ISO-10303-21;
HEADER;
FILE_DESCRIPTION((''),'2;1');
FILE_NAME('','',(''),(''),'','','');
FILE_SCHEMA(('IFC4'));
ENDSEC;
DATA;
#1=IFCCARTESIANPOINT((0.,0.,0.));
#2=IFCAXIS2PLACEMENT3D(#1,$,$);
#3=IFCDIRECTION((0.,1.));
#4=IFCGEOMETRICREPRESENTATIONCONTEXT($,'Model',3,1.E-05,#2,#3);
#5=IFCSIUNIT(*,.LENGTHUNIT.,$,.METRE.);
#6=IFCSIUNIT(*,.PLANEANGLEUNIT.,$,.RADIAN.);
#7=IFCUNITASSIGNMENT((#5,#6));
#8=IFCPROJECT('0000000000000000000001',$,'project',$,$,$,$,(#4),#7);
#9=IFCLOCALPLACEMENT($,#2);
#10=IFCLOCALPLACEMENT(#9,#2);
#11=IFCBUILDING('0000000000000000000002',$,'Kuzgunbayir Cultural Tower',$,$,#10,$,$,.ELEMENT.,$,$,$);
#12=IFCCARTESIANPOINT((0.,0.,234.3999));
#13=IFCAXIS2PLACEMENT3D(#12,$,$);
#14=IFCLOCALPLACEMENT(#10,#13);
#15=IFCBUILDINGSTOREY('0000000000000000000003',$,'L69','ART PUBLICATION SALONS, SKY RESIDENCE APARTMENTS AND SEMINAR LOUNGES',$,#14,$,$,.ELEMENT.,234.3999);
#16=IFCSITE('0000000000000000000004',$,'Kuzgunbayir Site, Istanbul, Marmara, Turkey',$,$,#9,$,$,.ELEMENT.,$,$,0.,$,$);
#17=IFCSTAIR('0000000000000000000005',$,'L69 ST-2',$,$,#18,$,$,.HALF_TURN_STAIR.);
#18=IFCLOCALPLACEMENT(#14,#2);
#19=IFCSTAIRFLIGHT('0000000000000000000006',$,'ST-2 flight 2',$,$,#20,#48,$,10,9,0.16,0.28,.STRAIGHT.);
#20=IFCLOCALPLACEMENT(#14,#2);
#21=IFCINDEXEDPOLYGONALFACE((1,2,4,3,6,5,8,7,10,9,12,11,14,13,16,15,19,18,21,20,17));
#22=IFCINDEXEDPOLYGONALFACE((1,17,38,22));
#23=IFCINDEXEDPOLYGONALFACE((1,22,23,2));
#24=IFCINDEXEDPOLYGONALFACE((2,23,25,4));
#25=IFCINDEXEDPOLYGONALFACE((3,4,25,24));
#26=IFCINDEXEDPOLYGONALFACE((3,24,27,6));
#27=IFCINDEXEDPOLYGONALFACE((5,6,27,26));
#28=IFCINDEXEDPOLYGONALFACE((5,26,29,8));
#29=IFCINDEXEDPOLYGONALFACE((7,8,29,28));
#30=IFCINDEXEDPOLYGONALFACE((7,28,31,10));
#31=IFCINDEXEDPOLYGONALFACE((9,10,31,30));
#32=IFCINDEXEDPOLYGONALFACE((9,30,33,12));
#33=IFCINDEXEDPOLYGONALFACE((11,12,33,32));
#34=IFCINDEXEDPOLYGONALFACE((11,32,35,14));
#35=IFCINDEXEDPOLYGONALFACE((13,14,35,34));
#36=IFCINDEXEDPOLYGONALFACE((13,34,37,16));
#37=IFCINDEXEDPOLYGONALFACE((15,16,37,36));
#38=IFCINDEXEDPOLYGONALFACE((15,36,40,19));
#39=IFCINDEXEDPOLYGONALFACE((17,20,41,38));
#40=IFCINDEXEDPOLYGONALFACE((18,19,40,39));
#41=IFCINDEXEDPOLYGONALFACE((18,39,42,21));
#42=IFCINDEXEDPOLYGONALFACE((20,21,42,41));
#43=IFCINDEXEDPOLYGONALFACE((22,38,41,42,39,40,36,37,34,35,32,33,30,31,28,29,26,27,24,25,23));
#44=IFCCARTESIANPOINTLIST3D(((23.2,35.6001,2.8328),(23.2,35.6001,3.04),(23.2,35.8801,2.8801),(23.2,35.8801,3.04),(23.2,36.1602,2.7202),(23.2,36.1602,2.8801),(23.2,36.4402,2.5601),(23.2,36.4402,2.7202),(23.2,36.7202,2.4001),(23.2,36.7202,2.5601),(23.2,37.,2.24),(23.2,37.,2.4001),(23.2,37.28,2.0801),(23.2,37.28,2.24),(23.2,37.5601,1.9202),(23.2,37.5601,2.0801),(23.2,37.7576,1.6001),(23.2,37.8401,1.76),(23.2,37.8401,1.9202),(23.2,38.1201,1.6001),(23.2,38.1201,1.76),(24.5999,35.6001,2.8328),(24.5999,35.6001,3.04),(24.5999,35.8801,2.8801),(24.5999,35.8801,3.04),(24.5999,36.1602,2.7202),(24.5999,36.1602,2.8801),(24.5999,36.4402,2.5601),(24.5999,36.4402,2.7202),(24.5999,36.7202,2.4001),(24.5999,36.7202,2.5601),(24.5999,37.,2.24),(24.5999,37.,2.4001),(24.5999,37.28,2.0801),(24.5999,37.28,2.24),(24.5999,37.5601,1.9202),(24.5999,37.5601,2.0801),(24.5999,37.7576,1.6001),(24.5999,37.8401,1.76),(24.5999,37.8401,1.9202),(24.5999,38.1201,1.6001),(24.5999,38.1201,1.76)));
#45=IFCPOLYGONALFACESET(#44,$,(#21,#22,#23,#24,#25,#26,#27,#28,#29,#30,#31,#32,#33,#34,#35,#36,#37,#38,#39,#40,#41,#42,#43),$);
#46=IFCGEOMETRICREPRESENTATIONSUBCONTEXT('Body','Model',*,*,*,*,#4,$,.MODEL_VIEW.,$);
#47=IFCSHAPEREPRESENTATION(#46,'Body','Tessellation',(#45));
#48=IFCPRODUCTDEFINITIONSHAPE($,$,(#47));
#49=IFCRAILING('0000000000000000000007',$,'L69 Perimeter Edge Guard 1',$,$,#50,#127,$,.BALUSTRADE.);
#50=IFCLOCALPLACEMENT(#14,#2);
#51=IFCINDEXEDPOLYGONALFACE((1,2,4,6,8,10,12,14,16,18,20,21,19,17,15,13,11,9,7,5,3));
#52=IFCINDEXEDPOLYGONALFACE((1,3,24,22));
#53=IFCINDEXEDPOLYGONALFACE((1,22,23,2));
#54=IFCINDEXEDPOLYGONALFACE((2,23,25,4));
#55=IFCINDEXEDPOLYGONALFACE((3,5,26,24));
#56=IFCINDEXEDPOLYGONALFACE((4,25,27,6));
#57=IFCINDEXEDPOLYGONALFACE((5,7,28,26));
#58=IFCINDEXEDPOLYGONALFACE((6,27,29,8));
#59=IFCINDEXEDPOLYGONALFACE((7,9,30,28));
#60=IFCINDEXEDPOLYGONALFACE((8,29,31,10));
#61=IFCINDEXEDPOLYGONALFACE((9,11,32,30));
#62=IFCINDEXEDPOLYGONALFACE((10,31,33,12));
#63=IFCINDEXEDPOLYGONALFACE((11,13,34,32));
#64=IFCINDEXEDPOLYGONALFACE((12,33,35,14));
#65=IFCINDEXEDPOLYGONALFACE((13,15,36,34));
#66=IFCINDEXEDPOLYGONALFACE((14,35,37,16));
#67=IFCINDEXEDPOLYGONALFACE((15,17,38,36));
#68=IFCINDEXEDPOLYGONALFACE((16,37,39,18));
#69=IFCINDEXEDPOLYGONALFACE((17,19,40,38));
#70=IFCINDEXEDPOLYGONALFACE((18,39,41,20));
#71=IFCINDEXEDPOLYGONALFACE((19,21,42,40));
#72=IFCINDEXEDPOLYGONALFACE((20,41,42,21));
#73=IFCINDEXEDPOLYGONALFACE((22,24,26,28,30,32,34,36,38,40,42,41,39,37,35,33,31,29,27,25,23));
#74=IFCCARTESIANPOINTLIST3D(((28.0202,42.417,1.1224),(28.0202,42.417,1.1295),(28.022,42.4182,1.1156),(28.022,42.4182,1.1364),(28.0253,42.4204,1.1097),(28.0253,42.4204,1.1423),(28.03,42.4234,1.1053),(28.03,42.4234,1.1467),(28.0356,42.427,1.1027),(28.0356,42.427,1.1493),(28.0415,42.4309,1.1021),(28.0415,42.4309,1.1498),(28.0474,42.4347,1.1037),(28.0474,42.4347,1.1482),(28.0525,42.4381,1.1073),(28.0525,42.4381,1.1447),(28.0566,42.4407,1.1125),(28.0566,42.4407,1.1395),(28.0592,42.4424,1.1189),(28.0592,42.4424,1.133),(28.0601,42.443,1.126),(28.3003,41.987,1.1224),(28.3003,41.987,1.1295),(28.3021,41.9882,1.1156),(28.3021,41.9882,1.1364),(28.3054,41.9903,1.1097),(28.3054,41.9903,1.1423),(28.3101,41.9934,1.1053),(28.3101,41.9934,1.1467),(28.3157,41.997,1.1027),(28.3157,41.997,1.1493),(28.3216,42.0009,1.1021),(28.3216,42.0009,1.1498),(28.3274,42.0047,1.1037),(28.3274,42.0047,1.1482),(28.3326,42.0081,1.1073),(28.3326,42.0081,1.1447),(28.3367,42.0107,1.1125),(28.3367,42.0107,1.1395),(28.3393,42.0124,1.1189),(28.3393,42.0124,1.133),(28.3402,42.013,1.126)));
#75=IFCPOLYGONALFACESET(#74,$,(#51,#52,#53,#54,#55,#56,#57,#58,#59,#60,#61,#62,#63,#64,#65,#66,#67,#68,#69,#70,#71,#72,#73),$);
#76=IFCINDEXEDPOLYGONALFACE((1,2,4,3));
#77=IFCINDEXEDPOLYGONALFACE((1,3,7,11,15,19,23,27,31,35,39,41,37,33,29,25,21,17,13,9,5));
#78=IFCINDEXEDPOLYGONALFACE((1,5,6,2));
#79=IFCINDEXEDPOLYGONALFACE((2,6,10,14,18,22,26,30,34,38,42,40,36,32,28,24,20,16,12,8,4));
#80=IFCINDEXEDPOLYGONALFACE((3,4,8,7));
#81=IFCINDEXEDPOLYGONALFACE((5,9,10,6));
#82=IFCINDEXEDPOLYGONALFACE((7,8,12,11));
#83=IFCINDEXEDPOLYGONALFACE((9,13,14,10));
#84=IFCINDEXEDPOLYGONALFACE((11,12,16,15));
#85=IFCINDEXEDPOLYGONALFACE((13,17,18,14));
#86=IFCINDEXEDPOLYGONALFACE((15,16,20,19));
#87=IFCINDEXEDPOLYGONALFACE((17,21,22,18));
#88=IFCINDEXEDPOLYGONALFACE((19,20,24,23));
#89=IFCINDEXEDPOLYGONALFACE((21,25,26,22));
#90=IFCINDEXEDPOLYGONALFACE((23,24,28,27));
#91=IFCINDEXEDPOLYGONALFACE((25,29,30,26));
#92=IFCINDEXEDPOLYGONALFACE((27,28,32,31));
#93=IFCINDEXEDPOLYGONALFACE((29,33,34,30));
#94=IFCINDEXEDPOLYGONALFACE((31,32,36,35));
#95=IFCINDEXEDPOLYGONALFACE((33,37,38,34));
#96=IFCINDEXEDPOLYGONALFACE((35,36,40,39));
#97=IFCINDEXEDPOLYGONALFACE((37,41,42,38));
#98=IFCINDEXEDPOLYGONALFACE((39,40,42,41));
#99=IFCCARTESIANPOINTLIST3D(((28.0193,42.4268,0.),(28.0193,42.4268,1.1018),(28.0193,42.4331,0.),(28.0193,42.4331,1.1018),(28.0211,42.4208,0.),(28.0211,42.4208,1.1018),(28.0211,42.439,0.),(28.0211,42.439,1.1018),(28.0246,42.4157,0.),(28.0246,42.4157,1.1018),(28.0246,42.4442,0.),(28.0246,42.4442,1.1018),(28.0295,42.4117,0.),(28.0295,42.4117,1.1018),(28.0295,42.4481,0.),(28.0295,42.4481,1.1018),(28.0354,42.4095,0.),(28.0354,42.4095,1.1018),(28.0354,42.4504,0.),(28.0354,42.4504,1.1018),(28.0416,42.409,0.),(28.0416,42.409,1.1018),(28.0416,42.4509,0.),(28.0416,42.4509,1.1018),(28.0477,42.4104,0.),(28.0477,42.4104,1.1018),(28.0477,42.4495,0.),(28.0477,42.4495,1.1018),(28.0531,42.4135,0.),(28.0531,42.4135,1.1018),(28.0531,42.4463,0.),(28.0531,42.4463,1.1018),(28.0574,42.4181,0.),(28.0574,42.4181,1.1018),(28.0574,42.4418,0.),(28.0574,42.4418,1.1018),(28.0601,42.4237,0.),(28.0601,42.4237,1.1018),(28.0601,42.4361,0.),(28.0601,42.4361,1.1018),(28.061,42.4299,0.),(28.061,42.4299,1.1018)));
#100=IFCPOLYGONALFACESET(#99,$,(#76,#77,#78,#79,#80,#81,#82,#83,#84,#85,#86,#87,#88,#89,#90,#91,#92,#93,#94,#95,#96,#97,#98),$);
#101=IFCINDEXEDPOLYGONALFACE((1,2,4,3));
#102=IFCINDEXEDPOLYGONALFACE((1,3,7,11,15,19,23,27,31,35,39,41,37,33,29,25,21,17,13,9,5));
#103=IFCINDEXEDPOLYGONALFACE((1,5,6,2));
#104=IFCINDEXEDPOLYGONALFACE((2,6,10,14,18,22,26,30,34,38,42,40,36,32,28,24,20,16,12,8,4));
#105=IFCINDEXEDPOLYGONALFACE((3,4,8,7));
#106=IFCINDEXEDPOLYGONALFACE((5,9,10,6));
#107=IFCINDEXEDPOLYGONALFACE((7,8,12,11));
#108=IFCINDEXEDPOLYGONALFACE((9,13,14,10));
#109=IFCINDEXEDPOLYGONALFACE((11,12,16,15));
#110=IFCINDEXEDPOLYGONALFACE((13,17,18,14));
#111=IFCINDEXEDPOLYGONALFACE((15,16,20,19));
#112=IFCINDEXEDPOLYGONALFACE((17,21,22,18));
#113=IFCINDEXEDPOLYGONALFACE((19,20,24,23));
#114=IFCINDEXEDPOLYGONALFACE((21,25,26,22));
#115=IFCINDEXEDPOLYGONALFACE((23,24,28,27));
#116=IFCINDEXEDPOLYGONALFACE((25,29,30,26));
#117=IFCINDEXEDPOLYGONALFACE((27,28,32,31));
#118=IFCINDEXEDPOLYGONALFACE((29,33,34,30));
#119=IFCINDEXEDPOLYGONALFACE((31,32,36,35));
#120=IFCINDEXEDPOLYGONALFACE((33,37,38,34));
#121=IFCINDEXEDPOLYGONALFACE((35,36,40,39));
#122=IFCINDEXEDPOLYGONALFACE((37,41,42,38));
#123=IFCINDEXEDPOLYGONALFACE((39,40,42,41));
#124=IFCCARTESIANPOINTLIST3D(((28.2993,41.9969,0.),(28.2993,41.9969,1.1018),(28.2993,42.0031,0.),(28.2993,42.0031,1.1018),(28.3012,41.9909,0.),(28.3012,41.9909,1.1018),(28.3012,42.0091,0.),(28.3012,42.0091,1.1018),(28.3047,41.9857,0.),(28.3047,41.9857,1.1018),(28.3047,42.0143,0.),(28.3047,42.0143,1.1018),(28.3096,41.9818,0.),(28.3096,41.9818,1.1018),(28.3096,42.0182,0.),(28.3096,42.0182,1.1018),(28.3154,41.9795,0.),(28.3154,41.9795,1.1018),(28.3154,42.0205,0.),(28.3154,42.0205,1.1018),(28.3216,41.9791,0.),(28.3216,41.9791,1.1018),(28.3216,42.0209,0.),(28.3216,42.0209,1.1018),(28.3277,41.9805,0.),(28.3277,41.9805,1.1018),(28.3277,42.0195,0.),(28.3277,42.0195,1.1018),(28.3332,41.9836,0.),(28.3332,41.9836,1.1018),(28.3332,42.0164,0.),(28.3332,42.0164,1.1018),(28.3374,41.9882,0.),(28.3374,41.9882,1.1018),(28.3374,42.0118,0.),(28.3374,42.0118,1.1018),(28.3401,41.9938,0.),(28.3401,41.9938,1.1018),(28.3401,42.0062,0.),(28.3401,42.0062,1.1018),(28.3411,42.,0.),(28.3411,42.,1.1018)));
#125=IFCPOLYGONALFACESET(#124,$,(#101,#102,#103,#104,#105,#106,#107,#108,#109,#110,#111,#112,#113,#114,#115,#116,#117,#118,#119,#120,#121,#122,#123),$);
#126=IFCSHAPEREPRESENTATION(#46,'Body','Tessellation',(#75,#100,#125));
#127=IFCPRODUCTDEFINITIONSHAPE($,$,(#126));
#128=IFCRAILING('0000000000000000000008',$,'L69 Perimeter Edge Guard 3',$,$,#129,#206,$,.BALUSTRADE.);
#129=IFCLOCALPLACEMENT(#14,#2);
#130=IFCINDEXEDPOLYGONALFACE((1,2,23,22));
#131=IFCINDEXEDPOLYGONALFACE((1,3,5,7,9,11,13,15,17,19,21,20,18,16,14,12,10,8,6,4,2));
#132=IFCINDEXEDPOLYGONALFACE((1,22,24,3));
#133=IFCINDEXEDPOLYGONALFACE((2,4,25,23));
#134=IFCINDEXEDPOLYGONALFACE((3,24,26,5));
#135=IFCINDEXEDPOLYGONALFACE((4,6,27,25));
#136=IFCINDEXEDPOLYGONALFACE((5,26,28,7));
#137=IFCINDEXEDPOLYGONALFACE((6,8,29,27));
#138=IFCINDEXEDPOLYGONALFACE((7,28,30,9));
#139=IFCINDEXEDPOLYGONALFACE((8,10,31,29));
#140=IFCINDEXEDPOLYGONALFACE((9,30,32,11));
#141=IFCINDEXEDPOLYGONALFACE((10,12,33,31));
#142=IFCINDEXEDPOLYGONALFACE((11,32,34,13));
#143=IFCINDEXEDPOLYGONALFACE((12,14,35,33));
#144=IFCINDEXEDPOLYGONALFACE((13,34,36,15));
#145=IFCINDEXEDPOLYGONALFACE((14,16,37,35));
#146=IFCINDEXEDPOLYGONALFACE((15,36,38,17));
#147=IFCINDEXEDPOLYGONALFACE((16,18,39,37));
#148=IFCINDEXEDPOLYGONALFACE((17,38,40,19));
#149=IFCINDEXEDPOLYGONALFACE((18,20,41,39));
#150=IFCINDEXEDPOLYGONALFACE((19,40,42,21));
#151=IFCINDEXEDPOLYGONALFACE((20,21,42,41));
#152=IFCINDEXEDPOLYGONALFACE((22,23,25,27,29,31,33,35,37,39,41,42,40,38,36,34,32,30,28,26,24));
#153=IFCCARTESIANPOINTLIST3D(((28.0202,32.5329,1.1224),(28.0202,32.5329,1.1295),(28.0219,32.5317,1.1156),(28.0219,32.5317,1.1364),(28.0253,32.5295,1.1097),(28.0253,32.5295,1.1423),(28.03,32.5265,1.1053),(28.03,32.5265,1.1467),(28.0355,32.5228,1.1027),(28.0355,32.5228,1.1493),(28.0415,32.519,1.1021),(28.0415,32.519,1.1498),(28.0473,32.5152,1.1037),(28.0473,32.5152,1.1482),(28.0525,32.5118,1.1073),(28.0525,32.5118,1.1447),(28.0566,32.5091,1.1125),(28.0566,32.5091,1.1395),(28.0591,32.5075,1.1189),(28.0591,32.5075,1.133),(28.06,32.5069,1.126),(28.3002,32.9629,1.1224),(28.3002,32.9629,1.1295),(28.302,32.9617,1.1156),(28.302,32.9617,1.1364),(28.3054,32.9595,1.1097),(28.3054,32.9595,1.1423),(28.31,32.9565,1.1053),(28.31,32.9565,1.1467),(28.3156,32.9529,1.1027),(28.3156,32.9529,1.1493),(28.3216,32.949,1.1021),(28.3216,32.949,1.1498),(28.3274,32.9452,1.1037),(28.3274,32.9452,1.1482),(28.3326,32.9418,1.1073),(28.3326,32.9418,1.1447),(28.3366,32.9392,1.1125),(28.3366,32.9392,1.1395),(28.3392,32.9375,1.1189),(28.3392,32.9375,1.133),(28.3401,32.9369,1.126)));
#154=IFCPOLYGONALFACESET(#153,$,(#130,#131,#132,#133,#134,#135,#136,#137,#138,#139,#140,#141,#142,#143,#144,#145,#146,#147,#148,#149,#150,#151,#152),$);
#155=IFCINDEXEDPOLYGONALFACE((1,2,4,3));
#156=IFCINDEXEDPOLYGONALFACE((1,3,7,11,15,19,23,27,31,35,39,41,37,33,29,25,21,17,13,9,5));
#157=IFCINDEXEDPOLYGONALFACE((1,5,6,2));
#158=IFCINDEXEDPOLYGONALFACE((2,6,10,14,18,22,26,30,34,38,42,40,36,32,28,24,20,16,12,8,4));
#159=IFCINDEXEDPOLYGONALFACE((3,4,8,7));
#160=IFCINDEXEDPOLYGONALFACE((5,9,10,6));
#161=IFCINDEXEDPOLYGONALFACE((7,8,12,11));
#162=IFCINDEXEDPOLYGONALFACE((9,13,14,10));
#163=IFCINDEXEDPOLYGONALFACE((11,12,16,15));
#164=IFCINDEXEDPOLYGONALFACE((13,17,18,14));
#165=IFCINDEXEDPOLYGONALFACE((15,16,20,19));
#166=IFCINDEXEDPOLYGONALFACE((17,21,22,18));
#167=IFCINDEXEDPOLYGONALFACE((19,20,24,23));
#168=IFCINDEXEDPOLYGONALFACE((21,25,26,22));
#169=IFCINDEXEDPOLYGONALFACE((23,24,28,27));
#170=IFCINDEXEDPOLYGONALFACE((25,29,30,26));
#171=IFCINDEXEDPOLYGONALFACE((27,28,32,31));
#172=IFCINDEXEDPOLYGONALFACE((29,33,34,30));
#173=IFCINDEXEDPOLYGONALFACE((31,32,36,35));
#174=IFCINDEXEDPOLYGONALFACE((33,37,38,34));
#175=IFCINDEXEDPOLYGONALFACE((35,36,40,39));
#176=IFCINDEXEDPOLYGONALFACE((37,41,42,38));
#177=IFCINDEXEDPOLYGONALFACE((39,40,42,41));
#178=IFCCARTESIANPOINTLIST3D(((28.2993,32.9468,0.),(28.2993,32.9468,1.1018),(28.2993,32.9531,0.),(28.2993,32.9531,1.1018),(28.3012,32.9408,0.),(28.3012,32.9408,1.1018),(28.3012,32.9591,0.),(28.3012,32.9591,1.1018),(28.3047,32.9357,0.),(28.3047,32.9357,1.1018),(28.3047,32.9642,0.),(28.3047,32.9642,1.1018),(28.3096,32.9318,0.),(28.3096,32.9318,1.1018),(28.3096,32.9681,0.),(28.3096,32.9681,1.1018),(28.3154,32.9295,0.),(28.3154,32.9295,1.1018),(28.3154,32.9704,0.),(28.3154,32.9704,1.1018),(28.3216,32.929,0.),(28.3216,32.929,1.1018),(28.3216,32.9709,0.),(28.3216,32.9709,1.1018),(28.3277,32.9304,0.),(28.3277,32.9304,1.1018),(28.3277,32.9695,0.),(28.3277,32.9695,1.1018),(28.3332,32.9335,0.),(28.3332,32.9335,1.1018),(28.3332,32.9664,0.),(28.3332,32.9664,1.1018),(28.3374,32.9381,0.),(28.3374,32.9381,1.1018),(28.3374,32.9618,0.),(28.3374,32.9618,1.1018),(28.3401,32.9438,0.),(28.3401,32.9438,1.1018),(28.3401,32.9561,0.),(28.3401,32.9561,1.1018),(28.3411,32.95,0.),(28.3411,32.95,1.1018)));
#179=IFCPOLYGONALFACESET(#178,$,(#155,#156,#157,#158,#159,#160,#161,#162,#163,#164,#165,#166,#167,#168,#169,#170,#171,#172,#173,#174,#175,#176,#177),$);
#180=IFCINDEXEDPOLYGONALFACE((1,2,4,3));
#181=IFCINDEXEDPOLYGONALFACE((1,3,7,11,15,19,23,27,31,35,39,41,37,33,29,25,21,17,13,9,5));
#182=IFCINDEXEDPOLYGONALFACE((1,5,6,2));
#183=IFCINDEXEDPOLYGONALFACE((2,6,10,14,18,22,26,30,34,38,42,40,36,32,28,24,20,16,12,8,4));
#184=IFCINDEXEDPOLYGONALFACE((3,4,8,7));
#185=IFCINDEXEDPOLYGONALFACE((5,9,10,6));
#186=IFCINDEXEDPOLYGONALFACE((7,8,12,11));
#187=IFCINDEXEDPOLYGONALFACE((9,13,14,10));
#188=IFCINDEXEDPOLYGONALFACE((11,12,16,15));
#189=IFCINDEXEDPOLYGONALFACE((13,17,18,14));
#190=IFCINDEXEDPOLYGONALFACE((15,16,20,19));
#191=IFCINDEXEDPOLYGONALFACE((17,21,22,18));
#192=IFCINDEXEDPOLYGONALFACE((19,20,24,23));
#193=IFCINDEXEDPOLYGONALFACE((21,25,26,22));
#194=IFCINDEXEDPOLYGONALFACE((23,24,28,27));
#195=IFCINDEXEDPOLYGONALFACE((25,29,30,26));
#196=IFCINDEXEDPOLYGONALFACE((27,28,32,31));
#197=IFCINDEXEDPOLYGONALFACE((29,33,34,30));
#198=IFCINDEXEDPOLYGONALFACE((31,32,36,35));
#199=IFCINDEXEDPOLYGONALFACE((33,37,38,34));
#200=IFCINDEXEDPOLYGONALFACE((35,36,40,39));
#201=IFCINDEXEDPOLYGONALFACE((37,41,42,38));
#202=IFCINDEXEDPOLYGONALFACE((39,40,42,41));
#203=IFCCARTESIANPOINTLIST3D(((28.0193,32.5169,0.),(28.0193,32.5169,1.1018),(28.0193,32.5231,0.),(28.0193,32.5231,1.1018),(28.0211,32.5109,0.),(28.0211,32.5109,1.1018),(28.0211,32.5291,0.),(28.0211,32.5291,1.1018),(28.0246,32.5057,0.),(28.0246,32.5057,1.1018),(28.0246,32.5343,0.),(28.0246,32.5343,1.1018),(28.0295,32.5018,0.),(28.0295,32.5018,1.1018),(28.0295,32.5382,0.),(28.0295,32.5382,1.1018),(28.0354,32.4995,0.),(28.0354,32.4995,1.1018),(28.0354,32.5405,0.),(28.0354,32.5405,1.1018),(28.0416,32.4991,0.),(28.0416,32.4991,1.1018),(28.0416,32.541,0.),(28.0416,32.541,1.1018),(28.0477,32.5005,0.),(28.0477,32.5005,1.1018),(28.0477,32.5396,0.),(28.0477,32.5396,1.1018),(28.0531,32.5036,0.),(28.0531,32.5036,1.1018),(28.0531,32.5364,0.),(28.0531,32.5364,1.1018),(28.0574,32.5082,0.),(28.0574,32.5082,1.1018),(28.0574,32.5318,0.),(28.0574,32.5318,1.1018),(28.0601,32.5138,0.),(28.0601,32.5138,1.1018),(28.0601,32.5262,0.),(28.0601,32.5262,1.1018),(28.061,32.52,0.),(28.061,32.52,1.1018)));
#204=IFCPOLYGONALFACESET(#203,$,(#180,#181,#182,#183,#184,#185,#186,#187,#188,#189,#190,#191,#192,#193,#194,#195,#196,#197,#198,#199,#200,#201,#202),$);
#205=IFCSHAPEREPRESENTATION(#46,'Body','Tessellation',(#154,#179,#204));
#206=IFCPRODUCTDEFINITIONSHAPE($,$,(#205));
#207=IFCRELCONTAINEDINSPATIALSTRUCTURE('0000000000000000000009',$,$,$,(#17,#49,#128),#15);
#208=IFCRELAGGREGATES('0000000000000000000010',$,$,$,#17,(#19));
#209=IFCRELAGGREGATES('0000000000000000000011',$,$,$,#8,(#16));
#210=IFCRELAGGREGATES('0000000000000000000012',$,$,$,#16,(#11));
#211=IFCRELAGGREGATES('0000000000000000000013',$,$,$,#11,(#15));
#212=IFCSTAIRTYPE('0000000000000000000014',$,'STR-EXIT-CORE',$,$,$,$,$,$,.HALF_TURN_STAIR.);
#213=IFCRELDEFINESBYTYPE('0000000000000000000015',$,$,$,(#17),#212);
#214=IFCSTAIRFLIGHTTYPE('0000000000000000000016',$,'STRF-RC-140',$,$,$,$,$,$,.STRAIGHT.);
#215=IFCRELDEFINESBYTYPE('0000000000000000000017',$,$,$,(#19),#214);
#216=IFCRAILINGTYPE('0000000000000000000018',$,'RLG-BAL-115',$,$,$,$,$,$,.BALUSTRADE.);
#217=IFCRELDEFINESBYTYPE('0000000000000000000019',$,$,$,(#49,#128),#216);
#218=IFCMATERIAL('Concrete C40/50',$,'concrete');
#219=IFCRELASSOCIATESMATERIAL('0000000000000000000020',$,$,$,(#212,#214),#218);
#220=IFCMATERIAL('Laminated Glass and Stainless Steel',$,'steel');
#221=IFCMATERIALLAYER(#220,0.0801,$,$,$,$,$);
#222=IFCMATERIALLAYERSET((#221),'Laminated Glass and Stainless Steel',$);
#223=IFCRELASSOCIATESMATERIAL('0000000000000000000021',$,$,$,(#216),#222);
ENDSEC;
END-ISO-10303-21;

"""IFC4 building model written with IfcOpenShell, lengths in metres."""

from ifc_helpers import new_model, si_unit, direction, frame, origin, origin_2d, place, context, subcontext, project, spatial, polyline, circle, outline, extrude, material, layer, layer_set, type_object, element, aggregate, save


model = new_model("IFC4")

# Units and contexts
model_context = context("Model", 3, precision=1e-05, world=origin(), true_north=direction((0.0, 1.0)))
body_context = subcontext(model_context, "Body", "Model", "MODEL_VIEW")
ifc_project = project(units=[si_unit("LENGTHUNIT", "METRE"), si_unit("PLANEANGLEUNIT", "RADIAN")], contexts=[model_context])

# Site, building, storey
site_placement = place(None, origin())
site = spatial("IfcSite", under=ifc_project, at=site_placement, Name="Kuzgunbayir Site, Istanbul, Marmara, Turkey", CompositionType="ELEMENT", RefElevation=0.0)
building_placement = place(site_placement, origin())
building = spatial("IfcBuilding", under=site, at=building_placement, Name="Kuzgunbayir Cultural Tower", CompositionType="ELEMENT")
storey_placement = place(building_placement, frame((0.0, 0.0, 234.3999)))
storey = spatial("IfcBuildingStorey", under=building, at=storey_placement, Name="L69", Description="ART PUBLICATION SALONS, SKY RESIDENCE APARTMENTS AND SEMINAR LOUNGES", CompositionType="ELEMENT", Elevation=234.3999)

# Shared definitions
ifc_material_1 = material(Name="Concrete C40/50", Category="concrete")

# Stair, stair flight
stair_type = type_object("IfcStairType", Name="STR-EXIT-CORE", PredefinedType="HALF_TURN_STAIR", material=ifc_material_1)
stair_placement = place(storey_placement, origin())
stair = element("IfcStair", 1, at=stair_placement, inside=storey, type_object=stair_type, Name="L69 ST-2", PredefinedType="HALF_TURN_STAIR")
stair_flight_type = type_object("IfcStairFlightType", Name="STRF-RC-140", PredefinedType="STRAIGHT", material=ifc_material_1)
stair_flight_1_placement = place(storey_placement, frame((23.8999, 38.1201, 1.6001), z_axis=(0.0, 0.0, 1.0), x_axis=(0.0, -1.0, 0.0)))
stair_flight_1 = element("IfcStairFlight", 2, at=stair_flight_1_placement, type_object=stair_flight_type, Name="ST-2 flight 2", NumberOfRisers=10, NumberOfTreads=9, PredefinedType="STRAIGHT", RiserHeight=0.16, TreadLength=0.28, context=body_context, shape_type="SweptSolid", body=[
    extrude(outline(polyline([(0.0, 0.0), (0.0, 0.1599), (0.28, 0.1599), (0.28, 0.3201), (0.5601, 0.3201), (0.5601, 0.48), (0.8401, 0.48), (0.8401, 0.6399), (1.1201, 0.6399), (1.1201, 0.8), (1.3999, 0.8), (1.3999, 0.96), (1.6799, 0.96), (1.6799, 1.1201), (1.96, 1.1201), (1.96, 1.28), (2.24, 1.28), (2.24, 1.4399), (2.52, 1.4399), (2.52, 1.6001), (2.52, 1.2327), (0.3625, 0.0), (0.0, 0.0)])), frame((0.0, 0.7, 0.0), z_axis=(0.0, -1.0, 0.0), x_axis=(1.0, 0.0, 0.0)), (0.0, 0.0, 1.0), 1.3999),
])
aggregate(stair, [stair_flight_1])

# Railings
ifc_material_2 = material(Name="Laminated Glass and Stainless Steel", Category="steel")
ifc_layer_1 = layer(ifc_material_2, 0.0801)
ifc_layer_set_1 = layer_set([ifc_layer_1], Name="Laminated Glass and Stainless Steel")
railing_type_1 = type_object("IfcRailingType", Name="RLG-BAL-115", PredefinedType="BALUSTRADE", material=ifc_layer_set_1)
railing_1_placement = place(storey_placement, frame((28.04, 42.4299, 0.0)))
element("IfcRailing", 3, at=railing_1_placement, inside=storey, type_object=railing_type_1, Name="L69 Perimeter Edge Guard 1", PredefinedType="BALUSTRADE", context=body_context, shape_type="SweptSolid", body=[
    extrude(circle(Radius=0.0239, at=origin_2d()), frame((0.0, 0.0, 1.126), z_axis=(0.545774, -0.837932, 0.0), x_axis=(0.837932, 0.545774, 0.0)), (0.0, 0.0, 1.0), 0.5132),
    extrude(circle(Radius=0.021, at=origin_2d()), origin(), (0.0, 0.0, 1.0), 1.1018),
    extrude(circle(Radius=0.021, at=origin_2d()), frame((0.28, -0.4299, 0.0)), (0.0, 0.0, 1.0), 1.1018),
])
railing_2_placement = place(storey_placement, frame((28.3201, 32.95, 0.0)))
element("IfcRailing", 4, at=railing_2_placement, inside=storey, type_object=railing_type_1, Name="L69 Perimeter Edge Guard 3", PredefinedType="BALUSTRADE", context=body_context, shape_type="SweptSolid", body=[
    extrude(circle(Radius=0.0239, at=origin_2d()), frame((0.0, 0.0, 1.126), z_axis=(-0.545774, -0.837932, 0.0), x_axis=(0.837932, -0.545774, 0.0)), (0.0, 0.0, 1.0), 0.5132),
    extrude(circle(Radius=0.021, at=origin_2d()), origin(), (0.0, 0.0, 1.0), 1.1018),
    extrude(circle(Radius=0.021, at=origin_2d()), frame((-0.28, -0.4299, 0.0)), (0.0, 0.0, 1.0), 1.1018),
])

save(model, "model.ifc")
